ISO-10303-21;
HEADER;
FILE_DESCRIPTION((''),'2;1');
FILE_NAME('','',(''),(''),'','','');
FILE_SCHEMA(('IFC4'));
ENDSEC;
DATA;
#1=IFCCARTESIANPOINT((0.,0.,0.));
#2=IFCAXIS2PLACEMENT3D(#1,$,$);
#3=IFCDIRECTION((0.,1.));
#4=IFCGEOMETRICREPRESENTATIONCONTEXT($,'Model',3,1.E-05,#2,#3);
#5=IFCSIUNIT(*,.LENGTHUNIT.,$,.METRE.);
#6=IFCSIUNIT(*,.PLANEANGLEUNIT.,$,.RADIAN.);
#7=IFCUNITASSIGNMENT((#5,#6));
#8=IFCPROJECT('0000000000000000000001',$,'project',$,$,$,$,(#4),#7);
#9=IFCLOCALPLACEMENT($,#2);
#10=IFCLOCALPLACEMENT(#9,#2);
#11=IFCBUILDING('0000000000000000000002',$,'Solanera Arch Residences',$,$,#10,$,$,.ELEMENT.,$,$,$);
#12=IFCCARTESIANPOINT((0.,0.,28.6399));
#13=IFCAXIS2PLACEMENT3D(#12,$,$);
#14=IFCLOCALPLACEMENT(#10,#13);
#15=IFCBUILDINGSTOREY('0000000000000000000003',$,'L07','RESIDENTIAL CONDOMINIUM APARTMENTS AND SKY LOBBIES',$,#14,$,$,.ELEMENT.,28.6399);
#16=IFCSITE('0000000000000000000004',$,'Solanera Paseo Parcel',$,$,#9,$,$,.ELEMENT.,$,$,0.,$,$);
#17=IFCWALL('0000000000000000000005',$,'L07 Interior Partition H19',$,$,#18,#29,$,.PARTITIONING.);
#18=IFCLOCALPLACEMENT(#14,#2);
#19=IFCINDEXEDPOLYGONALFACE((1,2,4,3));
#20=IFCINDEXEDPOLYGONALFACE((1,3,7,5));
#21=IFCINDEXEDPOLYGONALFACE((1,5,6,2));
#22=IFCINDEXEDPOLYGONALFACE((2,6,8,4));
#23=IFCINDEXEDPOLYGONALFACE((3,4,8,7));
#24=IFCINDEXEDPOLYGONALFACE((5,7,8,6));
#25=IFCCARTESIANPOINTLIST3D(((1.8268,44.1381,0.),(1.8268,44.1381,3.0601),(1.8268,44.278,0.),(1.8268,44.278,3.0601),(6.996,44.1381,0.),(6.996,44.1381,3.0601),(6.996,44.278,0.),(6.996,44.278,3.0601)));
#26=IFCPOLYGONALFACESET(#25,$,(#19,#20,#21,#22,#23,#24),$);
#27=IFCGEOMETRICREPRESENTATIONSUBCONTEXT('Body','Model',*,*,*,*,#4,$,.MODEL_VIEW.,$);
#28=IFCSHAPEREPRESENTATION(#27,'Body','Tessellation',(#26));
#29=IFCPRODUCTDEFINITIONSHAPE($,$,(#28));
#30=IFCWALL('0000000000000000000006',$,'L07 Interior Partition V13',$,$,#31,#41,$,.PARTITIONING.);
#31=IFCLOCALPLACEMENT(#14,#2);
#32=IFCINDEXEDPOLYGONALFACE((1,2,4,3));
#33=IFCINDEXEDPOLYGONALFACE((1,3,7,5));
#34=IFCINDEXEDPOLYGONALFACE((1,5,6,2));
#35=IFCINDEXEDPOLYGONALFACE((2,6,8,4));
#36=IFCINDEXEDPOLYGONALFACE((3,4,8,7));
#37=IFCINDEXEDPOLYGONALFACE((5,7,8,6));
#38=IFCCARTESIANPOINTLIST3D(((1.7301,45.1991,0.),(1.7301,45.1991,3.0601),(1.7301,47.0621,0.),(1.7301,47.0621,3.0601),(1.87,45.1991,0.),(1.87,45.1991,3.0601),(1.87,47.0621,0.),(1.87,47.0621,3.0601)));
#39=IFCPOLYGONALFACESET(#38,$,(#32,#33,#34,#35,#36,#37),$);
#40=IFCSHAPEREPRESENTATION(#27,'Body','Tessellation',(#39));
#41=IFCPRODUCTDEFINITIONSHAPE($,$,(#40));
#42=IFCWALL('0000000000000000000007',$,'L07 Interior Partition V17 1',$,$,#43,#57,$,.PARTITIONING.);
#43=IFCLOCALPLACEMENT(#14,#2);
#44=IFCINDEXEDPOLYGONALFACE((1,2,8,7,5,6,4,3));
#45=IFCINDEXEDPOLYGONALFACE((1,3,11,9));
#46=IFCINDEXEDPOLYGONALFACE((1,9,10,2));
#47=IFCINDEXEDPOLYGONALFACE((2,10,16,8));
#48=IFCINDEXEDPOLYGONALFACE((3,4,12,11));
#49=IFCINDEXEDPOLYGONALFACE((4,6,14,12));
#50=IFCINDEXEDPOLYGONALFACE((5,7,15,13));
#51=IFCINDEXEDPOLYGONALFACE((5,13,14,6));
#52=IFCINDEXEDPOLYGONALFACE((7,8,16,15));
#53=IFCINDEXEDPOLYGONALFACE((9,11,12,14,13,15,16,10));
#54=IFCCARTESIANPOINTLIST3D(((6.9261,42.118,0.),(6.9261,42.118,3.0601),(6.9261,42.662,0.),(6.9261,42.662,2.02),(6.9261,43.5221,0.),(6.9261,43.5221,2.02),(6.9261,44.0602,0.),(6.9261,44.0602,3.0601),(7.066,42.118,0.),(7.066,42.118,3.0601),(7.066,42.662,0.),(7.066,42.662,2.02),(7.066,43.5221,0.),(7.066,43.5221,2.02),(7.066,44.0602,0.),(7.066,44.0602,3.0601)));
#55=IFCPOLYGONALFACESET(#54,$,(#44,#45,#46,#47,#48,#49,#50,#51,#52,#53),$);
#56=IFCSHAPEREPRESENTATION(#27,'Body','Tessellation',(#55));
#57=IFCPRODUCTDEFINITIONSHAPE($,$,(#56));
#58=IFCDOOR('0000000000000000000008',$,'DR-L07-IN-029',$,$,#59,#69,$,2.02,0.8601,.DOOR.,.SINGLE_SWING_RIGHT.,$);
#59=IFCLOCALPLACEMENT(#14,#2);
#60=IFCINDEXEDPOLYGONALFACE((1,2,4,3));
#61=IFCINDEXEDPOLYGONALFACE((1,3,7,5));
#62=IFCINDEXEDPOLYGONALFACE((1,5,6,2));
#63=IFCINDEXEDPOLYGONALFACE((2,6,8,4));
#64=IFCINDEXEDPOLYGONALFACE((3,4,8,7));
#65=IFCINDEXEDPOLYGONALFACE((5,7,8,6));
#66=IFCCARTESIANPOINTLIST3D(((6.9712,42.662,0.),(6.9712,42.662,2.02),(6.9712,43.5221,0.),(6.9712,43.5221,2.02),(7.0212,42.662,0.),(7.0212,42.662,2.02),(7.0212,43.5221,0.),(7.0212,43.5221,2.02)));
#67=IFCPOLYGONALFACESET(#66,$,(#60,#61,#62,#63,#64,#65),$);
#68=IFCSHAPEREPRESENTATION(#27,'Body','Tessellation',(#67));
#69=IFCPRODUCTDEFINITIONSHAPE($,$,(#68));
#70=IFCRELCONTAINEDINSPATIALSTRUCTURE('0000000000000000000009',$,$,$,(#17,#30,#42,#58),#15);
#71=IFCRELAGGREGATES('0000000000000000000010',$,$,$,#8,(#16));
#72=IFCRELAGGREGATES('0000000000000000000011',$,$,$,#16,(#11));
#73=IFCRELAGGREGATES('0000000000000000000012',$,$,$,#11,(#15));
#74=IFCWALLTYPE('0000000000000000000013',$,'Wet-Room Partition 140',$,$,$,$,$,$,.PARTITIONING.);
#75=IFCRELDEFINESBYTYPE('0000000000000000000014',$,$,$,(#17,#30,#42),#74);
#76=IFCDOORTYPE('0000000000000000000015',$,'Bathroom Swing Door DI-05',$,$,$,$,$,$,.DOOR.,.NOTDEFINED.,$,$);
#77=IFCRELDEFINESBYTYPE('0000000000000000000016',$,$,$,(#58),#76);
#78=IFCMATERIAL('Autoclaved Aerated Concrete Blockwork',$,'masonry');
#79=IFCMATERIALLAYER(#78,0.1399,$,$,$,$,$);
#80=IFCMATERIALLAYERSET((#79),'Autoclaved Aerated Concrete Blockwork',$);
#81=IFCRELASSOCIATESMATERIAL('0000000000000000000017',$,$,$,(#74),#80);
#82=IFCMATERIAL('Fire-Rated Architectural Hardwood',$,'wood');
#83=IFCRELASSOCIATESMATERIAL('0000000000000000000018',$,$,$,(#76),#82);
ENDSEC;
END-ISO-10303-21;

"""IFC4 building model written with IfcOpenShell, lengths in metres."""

from ifc_helpers import new_model, si_unit, direction, frame, frame_2d, origin, place, context, subcontext, project, spatial, rectangle, extrude, material, layer, layer_set, type_object, element, fill, save


model = new_model("IFC4")

# Units and contexts
model_context = context("Model", 3, precision=1e-05, world=origin(), true_north=direction((0.0, 1.0)))
body_context = subcontext(model_context, "Body", "Model", "MODEL_VIEW")
ifc_project = project(units=[si_unit("LENGTHUNIT", "METRE"), si_unit("PLANEANGLEUNIT", "RADIAN")], contexts=[model_context])

# Site, building, storey
site_placement = place(None, origin())
site = spatial("IfcSite", under=ifc_project, at=site_placement, Name="Solanera Paseo Parcel", CompositionType="ELEMENT", RefElevation=0.0)
building_placement = place(site_placement, origin())
building = spatial("IfcBuilding", under=site, at=building_placement, Name="Solanera Arch Residences", CompositionType="ELEMENT")
storey_placement = place(building_placement, frame((0.0, 0.0, 28.6399)))
storey = spatial("IfcBuildingStorey", under=building, at=storey_placement, Name="L07", Description="RESIDENTIAL CONDOMINIUM APARTMENTS AND SKY LOBBIES", CompositionType="ELEMENT", Elevation=28.6399)

# Walls
ifc_material_1 = material(Name="Autoclaved Aerated Concrete Blockwork", Category="masonry")
ifc_layer_1 = layer(ifc_material_1, 0.1399)
ifc_layer_set_1 = layer_set([ifc_layer_1], Name="Autoclaved Aerated Concrete Blockwork")
wall_type_1 = type_object("IfcWallType", Name="Wet-Room Partition 140", PredefinedType="PARTITIONING", material=ifc_layer_set_1)
wall_1_placement = place(storey_placement, frame((1.8269, 44.208, 0.0), z_axis=(0.0, 0.0, 1.0), x_axis=(1.0, 0.0, 0.0)))
element("IfcWall", 1, at=wall_1_placement, inside=storey, type_object=wall_type_1, Name="L07 Interior Partition H19", PredefinedType="PARTITIONING", context=body_context, shape_type="SweptSolid", body=[
    extrude(rectangle(XDim=5.1692, YDim=0.1399, at=frame_2d((2.5845, 0.0))), origin(), (0.0, 0.0, 1.0), 3.0601),
])
wall_2_placement = place(storey_placement, frame((1.8, 45.199, 0.0), z_axis=(0.0, 0.0, 1.0), x_axis=(0.0, 1.0, 0.0)))
element("IfcWall", 2, at=wall_2_placement, inside=storey, type_object=wall_type_1, Name="L07 Interior Partition V13", PredefinedType="PARTITIONING", context=body_context, shape_type="SweptSolid", body=[
    extrude(rectangle(XDim=1.863, YDim=0.1399, at=frame_2d((0.9316, 0.0))), origin(), (0.0, 0.0, 1.0), 3.0601),
])

# Wall, opening, door
wall_3_placement = place(storey_placement, frame((6.9961, 42.1179, 0.0), z_axis=(0.0, 0.0, 1.0), x_axis=(0.0, 1.0, 0.0)))
wall_3 = element("IfcWall", 3, at=wall_3_placement, inside=storey, type_object=wall_type_1, Name="L07 Interior Partition V17 1", PredefinedType="PARTITIONING", context=body_context, shape_type="SweptSolid", body=[
    extrude(rectangle(XDim=1.9421, YDim=0.1399, at=frame_2d((0.9712, 0.0))), origin(), (0.0, 0.0, 1.0), 3.0601),
])
opening_1_placement = place(wall_3_placement, frame((0.5439, 0.0, 0.0)))
opening_1 = element("IfcOpeningElement", 4, at=opening_1_placement, cuts=wall_3, PredefinedType="OPENING", context=body_context, shape_type="SweptSolid", body=[
    extrude(rectangle(XDim=0.8601, YDim=2.02, at=frame_2d((0.4302, 1.01))), frame((0.0, 0.0798, 0.0), z_axis=(0.0, -1.0, 0.0), x_axis=(1.0, 0.0, 0.0)), (0.0, 0.0, 1.0), 0.1599),
])
ifc_material_2 = material(Name="Fire-Rated Architectural Hardwood", Category="wood")
door_type_1 = type_object("IfcDoorType", Name="Bathroom Swing Door DI-05", OperationType="NOTDEFINED", PredefinedType="DOOR", material=ifc_material_2)
door_1_placement = place(opening_1_placement, origin())
door_1 = element("IfcDoor", 5, at=door_1_placement, inside=storey, type_object=door_type_1, Name="DR-L07-IN-029", OperationType="SINGLE_SWING_RIGHT", OverallHeight=2.02, OverallWidth=0.8601, PredefinedType="DOOR", context=body_context, shape_type="SweptSolid", body=[
    extrude(rectangle(XDim=0.8601, YDim=2.02, at=frame_2d((0.4302, 1.01))), frame((0.0, 0.0249, 0.0), z_axis=(0.0, -1.0, 0.0), x_axis=(1.0, 0.0, 0.0)), (0.0, 0.0, 1.0), 0.05),
])
fill(opening_1, door_1)

save(model, "model.ifc")
